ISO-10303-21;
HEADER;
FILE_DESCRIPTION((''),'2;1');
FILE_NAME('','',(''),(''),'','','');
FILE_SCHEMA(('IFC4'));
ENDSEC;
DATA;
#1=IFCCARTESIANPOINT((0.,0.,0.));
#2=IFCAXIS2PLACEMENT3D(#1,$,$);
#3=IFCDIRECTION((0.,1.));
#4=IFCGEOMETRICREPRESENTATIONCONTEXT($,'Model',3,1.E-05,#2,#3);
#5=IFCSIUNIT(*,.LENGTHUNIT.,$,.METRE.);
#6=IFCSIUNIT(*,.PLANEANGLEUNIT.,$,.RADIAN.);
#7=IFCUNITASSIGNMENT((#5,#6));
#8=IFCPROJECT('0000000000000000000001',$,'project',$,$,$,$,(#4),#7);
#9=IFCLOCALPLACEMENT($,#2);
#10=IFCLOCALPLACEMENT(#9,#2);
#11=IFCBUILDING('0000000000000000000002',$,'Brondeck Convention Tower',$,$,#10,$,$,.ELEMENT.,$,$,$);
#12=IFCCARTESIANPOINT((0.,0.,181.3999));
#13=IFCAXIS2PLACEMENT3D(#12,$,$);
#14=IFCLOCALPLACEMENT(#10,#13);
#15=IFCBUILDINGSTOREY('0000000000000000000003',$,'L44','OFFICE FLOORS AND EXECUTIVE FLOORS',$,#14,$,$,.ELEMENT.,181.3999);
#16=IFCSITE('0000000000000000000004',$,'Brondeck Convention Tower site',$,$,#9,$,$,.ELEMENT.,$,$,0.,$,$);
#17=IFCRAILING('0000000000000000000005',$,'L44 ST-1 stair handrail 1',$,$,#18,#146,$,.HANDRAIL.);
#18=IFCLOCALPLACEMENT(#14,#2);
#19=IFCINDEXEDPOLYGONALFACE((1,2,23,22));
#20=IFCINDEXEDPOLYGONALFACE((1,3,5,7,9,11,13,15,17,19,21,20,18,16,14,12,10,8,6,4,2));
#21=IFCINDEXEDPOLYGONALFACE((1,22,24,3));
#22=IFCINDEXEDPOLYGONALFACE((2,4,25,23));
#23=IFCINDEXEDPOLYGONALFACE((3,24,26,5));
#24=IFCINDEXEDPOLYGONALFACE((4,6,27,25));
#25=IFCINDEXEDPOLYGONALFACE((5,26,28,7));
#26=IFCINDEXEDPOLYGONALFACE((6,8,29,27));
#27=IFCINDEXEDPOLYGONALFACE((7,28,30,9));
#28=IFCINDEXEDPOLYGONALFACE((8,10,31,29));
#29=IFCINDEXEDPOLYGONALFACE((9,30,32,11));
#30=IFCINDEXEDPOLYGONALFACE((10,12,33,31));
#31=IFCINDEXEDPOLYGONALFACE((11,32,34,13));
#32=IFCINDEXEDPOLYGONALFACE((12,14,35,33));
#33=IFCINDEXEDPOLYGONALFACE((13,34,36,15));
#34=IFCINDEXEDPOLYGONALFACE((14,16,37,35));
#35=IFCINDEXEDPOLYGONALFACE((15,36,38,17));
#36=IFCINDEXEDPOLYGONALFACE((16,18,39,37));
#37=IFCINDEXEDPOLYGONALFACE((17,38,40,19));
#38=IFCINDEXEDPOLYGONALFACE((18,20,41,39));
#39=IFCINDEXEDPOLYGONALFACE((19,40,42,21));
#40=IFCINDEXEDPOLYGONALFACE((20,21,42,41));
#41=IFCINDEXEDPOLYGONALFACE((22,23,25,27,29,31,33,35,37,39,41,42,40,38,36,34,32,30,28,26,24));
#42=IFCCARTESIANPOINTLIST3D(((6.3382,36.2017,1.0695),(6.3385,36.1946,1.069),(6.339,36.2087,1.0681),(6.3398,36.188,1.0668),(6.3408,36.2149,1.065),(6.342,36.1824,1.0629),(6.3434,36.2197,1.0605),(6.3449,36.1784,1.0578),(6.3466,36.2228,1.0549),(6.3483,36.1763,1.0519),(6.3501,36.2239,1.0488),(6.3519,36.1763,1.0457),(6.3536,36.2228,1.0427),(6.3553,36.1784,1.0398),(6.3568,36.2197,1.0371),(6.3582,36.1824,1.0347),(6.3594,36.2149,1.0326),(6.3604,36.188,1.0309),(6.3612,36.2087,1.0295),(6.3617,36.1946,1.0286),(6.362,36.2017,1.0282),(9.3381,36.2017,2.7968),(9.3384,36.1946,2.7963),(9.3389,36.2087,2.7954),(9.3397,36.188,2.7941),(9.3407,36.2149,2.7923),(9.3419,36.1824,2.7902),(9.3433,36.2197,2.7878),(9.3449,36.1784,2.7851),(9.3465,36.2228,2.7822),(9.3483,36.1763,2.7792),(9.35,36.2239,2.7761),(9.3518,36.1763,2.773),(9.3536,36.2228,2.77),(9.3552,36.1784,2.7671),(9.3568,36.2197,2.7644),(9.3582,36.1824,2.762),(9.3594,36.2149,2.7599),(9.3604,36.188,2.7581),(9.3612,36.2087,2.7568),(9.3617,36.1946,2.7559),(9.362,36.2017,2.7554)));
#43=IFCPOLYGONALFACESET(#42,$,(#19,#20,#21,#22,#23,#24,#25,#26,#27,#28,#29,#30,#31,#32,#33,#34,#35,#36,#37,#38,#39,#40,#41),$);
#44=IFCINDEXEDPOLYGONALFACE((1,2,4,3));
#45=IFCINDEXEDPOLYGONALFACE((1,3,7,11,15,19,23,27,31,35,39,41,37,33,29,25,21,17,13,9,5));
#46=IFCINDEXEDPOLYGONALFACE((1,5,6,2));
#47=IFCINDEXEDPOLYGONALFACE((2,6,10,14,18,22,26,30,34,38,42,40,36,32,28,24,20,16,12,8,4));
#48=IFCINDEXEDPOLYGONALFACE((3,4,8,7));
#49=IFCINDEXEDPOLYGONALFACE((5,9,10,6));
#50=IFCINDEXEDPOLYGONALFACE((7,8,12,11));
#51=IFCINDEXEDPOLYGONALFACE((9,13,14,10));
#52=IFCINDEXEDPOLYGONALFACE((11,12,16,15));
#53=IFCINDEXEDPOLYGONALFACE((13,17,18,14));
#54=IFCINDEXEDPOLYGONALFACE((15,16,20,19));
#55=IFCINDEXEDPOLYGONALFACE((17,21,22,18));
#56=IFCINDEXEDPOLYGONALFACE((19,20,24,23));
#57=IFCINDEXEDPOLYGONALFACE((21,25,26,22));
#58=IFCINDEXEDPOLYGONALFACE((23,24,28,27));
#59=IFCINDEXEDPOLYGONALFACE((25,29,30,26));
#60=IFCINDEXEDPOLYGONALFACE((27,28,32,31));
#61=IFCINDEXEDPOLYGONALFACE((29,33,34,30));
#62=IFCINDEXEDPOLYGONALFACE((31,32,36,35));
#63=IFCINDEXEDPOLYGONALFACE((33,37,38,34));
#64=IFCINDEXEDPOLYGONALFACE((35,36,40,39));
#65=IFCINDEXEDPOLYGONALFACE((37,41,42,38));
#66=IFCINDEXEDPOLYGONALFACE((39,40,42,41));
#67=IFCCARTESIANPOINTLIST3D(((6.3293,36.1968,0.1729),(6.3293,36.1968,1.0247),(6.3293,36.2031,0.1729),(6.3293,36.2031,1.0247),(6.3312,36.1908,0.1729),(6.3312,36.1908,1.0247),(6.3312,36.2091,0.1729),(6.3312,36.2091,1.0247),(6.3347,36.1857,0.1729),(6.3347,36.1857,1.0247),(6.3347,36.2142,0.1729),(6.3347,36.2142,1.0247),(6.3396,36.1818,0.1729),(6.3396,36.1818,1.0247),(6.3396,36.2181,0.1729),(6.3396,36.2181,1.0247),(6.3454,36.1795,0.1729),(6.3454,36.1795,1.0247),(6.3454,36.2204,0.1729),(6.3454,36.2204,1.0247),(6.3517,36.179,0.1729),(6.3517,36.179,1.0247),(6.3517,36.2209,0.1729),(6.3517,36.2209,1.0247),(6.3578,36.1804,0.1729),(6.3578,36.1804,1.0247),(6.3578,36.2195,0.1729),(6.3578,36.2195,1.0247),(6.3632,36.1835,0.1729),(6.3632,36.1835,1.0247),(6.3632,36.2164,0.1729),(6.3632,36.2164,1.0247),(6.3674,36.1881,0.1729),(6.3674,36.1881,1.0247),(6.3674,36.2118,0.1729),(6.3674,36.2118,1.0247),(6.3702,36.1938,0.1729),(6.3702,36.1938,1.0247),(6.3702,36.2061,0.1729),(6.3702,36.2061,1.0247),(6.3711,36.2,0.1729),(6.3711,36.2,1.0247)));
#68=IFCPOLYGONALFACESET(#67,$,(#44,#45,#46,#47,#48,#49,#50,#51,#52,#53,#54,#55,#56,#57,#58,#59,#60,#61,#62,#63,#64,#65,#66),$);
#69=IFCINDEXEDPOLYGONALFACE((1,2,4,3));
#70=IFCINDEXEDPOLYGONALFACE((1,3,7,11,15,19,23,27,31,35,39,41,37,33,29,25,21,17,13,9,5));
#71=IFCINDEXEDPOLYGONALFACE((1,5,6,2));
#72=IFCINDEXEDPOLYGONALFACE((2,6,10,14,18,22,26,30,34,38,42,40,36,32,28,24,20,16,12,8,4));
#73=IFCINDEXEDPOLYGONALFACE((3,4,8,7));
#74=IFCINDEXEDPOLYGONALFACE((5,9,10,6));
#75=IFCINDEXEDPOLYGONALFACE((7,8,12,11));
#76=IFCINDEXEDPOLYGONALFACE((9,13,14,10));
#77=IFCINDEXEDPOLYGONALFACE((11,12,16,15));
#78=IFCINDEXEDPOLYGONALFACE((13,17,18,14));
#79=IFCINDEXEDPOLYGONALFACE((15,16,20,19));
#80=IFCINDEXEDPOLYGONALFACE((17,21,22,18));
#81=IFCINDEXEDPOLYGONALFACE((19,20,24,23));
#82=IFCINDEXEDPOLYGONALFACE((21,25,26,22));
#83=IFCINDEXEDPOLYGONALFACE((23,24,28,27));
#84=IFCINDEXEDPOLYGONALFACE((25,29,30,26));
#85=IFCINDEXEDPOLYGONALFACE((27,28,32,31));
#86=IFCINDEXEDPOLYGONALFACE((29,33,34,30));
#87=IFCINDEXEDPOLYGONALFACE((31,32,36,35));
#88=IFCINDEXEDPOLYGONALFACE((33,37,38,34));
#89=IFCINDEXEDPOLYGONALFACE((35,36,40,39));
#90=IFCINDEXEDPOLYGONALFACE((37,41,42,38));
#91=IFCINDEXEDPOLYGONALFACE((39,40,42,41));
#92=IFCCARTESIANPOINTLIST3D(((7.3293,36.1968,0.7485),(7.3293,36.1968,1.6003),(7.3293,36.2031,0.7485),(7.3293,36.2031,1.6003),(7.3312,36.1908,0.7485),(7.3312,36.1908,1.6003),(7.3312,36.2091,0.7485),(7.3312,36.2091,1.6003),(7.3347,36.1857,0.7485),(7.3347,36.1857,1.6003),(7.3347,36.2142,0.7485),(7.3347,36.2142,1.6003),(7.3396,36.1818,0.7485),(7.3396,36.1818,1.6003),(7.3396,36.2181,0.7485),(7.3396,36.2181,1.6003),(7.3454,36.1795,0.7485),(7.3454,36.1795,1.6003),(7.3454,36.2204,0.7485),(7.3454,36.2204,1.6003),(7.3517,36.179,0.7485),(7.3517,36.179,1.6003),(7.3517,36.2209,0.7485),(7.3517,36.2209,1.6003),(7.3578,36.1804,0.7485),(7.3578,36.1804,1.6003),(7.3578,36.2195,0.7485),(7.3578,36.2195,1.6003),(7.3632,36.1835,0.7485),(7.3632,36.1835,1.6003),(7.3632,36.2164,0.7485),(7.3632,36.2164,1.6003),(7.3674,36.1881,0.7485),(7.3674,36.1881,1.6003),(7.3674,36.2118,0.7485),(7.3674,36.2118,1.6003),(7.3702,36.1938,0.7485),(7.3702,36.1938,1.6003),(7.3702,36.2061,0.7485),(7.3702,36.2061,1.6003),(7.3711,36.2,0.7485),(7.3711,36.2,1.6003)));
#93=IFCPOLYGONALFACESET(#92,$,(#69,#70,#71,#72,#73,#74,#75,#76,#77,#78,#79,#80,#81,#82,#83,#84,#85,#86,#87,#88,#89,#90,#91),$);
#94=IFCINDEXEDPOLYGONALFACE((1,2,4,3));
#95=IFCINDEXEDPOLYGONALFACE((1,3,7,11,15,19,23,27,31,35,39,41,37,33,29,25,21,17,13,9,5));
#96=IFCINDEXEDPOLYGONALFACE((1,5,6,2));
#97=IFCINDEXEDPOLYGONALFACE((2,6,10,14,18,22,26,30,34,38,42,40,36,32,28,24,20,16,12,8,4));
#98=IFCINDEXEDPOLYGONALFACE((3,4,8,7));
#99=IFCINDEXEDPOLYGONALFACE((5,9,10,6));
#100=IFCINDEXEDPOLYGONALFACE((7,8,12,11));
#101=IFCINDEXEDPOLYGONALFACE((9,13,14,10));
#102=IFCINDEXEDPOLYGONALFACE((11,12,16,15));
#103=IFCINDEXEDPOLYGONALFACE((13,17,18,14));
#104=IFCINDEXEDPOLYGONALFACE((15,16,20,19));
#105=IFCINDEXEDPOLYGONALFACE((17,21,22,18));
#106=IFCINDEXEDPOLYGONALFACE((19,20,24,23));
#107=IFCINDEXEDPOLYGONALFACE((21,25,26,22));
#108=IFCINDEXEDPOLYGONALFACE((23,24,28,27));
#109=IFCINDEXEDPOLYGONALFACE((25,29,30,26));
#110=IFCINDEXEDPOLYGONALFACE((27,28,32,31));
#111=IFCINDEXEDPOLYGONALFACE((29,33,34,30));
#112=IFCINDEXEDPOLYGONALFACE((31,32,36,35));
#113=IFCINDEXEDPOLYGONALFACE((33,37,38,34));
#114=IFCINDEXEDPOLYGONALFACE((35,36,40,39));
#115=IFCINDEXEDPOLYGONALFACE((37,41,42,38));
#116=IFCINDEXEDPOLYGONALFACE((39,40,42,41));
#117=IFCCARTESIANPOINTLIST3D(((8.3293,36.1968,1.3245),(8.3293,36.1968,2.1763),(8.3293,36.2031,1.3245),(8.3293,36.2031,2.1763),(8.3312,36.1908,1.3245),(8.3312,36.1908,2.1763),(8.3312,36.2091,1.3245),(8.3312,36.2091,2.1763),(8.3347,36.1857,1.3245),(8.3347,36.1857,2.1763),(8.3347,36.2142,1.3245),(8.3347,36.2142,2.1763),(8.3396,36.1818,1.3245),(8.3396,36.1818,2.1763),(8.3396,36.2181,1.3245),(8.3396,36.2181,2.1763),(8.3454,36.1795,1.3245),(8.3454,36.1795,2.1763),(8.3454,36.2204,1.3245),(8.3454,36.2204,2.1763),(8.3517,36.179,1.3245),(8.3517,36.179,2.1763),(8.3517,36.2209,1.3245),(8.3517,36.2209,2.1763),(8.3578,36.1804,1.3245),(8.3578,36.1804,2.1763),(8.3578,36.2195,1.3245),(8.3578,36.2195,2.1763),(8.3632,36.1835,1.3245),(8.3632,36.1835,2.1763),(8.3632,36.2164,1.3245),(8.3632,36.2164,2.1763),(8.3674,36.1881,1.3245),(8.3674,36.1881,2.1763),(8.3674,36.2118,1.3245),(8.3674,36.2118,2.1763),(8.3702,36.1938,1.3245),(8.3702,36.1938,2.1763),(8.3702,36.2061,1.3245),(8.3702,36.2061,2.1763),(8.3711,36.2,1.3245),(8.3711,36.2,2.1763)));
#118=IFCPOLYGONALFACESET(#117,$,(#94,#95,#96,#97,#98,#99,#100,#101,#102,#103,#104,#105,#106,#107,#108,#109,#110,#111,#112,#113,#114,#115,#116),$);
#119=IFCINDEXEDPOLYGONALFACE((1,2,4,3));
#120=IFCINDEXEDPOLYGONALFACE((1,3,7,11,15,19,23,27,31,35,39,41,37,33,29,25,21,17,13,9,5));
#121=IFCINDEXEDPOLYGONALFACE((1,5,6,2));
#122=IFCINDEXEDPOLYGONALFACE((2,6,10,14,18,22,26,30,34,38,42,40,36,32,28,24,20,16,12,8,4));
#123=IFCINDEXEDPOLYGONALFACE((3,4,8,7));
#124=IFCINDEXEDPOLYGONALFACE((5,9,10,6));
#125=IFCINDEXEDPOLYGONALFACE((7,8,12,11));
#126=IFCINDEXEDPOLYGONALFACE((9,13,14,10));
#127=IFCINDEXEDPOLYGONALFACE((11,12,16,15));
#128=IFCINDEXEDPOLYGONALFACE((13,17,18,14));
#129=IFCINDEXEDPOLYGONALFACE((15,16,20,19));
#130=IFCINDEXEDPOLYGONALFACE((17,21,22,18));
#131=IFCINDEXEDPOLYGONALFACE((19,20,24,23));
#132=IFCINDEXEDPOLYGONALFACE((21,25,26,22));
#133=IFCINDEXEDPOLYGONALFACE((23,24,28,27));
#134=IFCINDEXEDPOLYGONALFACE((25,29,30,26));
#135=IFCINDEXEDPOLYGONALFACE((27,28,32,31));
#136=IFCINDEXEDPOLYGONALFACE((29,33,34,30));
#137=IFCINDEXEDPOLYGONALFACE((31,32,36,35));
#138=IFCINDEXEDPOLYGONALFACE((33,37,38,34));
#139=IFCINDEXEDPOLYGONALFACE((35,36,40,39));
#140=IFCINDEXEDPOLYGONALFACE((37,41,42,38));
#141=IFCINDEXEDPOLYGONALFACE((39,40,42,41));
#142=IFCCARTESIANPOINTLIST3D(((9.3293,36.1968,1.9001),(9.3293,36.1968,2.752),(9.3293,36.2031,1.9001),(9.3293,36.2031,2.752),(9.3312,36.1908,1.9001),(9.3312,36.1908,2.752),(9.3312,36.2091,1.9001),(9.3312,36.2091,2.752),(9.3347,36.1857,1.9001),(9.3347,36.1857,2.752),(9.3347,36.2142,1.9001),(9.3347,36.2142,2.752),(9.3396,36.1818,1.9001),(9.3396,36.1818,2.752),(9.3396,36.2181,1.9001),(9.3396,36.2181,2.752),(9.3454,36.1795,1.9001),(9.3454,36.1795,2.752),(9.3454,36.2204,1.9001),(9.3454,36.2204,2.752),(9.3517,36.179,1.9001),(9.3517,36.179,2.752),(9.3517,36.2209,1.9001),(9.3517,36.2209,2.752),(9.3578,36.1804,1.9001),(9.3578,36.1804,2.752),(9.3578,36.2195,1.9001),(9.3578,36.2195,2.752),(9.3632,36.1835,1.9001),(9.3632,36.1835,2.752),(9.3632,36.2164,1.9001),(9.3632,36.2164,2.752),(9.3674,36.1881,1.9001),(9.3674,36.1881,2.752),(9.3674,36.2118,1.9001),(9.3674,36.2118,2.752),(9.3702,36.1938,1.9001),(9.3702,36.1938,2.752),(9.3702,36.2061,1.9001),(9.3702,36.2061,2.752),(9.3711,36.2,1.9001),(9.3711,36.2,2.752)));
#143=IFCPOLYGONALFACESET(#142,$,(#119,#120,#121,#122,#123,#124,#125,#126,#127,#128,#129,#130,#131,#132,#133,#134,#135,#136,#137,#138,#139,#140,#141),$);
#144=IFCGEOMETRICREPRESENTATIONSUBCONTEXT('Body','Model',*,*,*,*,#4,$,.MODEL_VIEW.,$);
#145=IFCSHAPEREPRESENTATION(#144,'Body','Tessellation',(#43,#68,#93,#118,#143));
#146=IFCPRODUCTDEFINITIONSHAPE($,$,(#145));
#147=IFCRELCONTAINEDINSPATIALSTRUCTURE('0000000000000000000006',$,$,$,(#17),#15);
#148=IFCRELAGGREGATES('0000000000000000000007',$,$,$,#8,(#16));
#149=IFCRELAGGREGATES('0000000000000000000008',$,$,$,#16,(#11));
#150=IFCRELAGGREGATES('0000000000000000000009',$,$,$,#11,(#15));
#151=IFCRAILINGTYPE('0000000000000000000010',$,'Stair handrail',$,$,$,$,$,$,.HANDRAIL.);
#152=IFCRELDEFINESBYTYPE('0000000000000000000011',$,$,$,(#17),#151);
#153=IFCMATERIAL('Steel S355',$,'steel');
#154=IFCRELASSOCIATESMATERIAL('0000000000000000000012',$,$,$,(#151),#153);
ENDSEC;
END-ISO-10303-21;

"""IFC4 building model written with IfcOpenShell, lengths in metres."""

from ifc_helpers import new_model, si_unit, direction, frame, origin, origin_2d, place, context, subcontext, project, spatial, circle, extrude, material, type_object, element, save


model = new_model("IFC4")

# Units and contexts
model_context = context("Model", 3, precision=1e-05, world=origin(), true_north=direction((0.0, 1.0)))
body_context = subcontext(model_context, "Body", "Model", "MODEL_VIEW")
ifc_project = project(units=[si_unit("LENGTHUNIT", "METRE"), si_unit("PLANEANGLEUNIT", "RADIAN")], contexts=[model_context])

# Site, building, storey
site_placement = place(None, origin())
site = spatial("IfcSite", under=ifc_project, at=site_placement, Name="Brondeck Convention Tower site", CompositionType="ELEMENT", RefElevation=0.0)
building_placement = place(site_placement, origin())
building = spatial("IfcBuilding", under=site, at=building_placement, Name="Brondeck Convention Tower", CompositionType="ELEMENT")
storey_placement = place(building_placement, frame((0.0, 0.0, 181.3999)))
storey = spatial("IfcBuildingStorey", under=building, at=storey_placement, Name="L44", Description="OFFICE FLOORS AND EXECUTIVE FLOORS", CompositionType="ELEMENT", Elevation=181.3999)

# Shared definitions
ifc_material_1 = material(Name="Steel S355", Category="steel")

# Railing
railing_type_1 = type_object("IfcRailingType", Name="Stair handrail", PredefinedType="HANDRAIL", material=ifc_material_1)
railing_1_placement = place(storey_placement, frame((6.3501, 36.2, 0.1729)))
element("IfcRailing", 1, at=railing_1_placement, inside=storey, type_object=railing_type_1, Name="L44 ST-1 stair handrail 1", PredefinedType="HANDRAIL", context=body_context, shape_type="SweptSolid", body=[
    extrude(circle(Radius=0.0239, at=origin_2d()), frame((0.0, 0.0, 0.876), z_axis=(0.86662, 0.0, 0.498969), x_axis=(0.0, 1.0, 0.0)), (0.0, 0.0, 1.0), 3.4617),
    extrude(circle(Radius=0.021, at=origin_2d()), origin(), (0.0, 0.0, 1.0), 0.8518),
    extrude(circle(Radius=0.021, at=origin_2d()), frame((1.0, 0.0, 0.5757)), (0.0, 0.0, 1.0), 0.8518),
    extrude(circle(Radius=0.021, at=origin_2d()), frame((2.0, 0.0, 1.1516)), (0.0, 0.0, 1.0), 0.8518),
    extrude(circle(Radius=0.021, at=origin_2d()), frame((3.0, 0.0, 1.7273)), (0.0, 0.0, 1.0), 0.8518),
])

save(model, "model.ifc")
